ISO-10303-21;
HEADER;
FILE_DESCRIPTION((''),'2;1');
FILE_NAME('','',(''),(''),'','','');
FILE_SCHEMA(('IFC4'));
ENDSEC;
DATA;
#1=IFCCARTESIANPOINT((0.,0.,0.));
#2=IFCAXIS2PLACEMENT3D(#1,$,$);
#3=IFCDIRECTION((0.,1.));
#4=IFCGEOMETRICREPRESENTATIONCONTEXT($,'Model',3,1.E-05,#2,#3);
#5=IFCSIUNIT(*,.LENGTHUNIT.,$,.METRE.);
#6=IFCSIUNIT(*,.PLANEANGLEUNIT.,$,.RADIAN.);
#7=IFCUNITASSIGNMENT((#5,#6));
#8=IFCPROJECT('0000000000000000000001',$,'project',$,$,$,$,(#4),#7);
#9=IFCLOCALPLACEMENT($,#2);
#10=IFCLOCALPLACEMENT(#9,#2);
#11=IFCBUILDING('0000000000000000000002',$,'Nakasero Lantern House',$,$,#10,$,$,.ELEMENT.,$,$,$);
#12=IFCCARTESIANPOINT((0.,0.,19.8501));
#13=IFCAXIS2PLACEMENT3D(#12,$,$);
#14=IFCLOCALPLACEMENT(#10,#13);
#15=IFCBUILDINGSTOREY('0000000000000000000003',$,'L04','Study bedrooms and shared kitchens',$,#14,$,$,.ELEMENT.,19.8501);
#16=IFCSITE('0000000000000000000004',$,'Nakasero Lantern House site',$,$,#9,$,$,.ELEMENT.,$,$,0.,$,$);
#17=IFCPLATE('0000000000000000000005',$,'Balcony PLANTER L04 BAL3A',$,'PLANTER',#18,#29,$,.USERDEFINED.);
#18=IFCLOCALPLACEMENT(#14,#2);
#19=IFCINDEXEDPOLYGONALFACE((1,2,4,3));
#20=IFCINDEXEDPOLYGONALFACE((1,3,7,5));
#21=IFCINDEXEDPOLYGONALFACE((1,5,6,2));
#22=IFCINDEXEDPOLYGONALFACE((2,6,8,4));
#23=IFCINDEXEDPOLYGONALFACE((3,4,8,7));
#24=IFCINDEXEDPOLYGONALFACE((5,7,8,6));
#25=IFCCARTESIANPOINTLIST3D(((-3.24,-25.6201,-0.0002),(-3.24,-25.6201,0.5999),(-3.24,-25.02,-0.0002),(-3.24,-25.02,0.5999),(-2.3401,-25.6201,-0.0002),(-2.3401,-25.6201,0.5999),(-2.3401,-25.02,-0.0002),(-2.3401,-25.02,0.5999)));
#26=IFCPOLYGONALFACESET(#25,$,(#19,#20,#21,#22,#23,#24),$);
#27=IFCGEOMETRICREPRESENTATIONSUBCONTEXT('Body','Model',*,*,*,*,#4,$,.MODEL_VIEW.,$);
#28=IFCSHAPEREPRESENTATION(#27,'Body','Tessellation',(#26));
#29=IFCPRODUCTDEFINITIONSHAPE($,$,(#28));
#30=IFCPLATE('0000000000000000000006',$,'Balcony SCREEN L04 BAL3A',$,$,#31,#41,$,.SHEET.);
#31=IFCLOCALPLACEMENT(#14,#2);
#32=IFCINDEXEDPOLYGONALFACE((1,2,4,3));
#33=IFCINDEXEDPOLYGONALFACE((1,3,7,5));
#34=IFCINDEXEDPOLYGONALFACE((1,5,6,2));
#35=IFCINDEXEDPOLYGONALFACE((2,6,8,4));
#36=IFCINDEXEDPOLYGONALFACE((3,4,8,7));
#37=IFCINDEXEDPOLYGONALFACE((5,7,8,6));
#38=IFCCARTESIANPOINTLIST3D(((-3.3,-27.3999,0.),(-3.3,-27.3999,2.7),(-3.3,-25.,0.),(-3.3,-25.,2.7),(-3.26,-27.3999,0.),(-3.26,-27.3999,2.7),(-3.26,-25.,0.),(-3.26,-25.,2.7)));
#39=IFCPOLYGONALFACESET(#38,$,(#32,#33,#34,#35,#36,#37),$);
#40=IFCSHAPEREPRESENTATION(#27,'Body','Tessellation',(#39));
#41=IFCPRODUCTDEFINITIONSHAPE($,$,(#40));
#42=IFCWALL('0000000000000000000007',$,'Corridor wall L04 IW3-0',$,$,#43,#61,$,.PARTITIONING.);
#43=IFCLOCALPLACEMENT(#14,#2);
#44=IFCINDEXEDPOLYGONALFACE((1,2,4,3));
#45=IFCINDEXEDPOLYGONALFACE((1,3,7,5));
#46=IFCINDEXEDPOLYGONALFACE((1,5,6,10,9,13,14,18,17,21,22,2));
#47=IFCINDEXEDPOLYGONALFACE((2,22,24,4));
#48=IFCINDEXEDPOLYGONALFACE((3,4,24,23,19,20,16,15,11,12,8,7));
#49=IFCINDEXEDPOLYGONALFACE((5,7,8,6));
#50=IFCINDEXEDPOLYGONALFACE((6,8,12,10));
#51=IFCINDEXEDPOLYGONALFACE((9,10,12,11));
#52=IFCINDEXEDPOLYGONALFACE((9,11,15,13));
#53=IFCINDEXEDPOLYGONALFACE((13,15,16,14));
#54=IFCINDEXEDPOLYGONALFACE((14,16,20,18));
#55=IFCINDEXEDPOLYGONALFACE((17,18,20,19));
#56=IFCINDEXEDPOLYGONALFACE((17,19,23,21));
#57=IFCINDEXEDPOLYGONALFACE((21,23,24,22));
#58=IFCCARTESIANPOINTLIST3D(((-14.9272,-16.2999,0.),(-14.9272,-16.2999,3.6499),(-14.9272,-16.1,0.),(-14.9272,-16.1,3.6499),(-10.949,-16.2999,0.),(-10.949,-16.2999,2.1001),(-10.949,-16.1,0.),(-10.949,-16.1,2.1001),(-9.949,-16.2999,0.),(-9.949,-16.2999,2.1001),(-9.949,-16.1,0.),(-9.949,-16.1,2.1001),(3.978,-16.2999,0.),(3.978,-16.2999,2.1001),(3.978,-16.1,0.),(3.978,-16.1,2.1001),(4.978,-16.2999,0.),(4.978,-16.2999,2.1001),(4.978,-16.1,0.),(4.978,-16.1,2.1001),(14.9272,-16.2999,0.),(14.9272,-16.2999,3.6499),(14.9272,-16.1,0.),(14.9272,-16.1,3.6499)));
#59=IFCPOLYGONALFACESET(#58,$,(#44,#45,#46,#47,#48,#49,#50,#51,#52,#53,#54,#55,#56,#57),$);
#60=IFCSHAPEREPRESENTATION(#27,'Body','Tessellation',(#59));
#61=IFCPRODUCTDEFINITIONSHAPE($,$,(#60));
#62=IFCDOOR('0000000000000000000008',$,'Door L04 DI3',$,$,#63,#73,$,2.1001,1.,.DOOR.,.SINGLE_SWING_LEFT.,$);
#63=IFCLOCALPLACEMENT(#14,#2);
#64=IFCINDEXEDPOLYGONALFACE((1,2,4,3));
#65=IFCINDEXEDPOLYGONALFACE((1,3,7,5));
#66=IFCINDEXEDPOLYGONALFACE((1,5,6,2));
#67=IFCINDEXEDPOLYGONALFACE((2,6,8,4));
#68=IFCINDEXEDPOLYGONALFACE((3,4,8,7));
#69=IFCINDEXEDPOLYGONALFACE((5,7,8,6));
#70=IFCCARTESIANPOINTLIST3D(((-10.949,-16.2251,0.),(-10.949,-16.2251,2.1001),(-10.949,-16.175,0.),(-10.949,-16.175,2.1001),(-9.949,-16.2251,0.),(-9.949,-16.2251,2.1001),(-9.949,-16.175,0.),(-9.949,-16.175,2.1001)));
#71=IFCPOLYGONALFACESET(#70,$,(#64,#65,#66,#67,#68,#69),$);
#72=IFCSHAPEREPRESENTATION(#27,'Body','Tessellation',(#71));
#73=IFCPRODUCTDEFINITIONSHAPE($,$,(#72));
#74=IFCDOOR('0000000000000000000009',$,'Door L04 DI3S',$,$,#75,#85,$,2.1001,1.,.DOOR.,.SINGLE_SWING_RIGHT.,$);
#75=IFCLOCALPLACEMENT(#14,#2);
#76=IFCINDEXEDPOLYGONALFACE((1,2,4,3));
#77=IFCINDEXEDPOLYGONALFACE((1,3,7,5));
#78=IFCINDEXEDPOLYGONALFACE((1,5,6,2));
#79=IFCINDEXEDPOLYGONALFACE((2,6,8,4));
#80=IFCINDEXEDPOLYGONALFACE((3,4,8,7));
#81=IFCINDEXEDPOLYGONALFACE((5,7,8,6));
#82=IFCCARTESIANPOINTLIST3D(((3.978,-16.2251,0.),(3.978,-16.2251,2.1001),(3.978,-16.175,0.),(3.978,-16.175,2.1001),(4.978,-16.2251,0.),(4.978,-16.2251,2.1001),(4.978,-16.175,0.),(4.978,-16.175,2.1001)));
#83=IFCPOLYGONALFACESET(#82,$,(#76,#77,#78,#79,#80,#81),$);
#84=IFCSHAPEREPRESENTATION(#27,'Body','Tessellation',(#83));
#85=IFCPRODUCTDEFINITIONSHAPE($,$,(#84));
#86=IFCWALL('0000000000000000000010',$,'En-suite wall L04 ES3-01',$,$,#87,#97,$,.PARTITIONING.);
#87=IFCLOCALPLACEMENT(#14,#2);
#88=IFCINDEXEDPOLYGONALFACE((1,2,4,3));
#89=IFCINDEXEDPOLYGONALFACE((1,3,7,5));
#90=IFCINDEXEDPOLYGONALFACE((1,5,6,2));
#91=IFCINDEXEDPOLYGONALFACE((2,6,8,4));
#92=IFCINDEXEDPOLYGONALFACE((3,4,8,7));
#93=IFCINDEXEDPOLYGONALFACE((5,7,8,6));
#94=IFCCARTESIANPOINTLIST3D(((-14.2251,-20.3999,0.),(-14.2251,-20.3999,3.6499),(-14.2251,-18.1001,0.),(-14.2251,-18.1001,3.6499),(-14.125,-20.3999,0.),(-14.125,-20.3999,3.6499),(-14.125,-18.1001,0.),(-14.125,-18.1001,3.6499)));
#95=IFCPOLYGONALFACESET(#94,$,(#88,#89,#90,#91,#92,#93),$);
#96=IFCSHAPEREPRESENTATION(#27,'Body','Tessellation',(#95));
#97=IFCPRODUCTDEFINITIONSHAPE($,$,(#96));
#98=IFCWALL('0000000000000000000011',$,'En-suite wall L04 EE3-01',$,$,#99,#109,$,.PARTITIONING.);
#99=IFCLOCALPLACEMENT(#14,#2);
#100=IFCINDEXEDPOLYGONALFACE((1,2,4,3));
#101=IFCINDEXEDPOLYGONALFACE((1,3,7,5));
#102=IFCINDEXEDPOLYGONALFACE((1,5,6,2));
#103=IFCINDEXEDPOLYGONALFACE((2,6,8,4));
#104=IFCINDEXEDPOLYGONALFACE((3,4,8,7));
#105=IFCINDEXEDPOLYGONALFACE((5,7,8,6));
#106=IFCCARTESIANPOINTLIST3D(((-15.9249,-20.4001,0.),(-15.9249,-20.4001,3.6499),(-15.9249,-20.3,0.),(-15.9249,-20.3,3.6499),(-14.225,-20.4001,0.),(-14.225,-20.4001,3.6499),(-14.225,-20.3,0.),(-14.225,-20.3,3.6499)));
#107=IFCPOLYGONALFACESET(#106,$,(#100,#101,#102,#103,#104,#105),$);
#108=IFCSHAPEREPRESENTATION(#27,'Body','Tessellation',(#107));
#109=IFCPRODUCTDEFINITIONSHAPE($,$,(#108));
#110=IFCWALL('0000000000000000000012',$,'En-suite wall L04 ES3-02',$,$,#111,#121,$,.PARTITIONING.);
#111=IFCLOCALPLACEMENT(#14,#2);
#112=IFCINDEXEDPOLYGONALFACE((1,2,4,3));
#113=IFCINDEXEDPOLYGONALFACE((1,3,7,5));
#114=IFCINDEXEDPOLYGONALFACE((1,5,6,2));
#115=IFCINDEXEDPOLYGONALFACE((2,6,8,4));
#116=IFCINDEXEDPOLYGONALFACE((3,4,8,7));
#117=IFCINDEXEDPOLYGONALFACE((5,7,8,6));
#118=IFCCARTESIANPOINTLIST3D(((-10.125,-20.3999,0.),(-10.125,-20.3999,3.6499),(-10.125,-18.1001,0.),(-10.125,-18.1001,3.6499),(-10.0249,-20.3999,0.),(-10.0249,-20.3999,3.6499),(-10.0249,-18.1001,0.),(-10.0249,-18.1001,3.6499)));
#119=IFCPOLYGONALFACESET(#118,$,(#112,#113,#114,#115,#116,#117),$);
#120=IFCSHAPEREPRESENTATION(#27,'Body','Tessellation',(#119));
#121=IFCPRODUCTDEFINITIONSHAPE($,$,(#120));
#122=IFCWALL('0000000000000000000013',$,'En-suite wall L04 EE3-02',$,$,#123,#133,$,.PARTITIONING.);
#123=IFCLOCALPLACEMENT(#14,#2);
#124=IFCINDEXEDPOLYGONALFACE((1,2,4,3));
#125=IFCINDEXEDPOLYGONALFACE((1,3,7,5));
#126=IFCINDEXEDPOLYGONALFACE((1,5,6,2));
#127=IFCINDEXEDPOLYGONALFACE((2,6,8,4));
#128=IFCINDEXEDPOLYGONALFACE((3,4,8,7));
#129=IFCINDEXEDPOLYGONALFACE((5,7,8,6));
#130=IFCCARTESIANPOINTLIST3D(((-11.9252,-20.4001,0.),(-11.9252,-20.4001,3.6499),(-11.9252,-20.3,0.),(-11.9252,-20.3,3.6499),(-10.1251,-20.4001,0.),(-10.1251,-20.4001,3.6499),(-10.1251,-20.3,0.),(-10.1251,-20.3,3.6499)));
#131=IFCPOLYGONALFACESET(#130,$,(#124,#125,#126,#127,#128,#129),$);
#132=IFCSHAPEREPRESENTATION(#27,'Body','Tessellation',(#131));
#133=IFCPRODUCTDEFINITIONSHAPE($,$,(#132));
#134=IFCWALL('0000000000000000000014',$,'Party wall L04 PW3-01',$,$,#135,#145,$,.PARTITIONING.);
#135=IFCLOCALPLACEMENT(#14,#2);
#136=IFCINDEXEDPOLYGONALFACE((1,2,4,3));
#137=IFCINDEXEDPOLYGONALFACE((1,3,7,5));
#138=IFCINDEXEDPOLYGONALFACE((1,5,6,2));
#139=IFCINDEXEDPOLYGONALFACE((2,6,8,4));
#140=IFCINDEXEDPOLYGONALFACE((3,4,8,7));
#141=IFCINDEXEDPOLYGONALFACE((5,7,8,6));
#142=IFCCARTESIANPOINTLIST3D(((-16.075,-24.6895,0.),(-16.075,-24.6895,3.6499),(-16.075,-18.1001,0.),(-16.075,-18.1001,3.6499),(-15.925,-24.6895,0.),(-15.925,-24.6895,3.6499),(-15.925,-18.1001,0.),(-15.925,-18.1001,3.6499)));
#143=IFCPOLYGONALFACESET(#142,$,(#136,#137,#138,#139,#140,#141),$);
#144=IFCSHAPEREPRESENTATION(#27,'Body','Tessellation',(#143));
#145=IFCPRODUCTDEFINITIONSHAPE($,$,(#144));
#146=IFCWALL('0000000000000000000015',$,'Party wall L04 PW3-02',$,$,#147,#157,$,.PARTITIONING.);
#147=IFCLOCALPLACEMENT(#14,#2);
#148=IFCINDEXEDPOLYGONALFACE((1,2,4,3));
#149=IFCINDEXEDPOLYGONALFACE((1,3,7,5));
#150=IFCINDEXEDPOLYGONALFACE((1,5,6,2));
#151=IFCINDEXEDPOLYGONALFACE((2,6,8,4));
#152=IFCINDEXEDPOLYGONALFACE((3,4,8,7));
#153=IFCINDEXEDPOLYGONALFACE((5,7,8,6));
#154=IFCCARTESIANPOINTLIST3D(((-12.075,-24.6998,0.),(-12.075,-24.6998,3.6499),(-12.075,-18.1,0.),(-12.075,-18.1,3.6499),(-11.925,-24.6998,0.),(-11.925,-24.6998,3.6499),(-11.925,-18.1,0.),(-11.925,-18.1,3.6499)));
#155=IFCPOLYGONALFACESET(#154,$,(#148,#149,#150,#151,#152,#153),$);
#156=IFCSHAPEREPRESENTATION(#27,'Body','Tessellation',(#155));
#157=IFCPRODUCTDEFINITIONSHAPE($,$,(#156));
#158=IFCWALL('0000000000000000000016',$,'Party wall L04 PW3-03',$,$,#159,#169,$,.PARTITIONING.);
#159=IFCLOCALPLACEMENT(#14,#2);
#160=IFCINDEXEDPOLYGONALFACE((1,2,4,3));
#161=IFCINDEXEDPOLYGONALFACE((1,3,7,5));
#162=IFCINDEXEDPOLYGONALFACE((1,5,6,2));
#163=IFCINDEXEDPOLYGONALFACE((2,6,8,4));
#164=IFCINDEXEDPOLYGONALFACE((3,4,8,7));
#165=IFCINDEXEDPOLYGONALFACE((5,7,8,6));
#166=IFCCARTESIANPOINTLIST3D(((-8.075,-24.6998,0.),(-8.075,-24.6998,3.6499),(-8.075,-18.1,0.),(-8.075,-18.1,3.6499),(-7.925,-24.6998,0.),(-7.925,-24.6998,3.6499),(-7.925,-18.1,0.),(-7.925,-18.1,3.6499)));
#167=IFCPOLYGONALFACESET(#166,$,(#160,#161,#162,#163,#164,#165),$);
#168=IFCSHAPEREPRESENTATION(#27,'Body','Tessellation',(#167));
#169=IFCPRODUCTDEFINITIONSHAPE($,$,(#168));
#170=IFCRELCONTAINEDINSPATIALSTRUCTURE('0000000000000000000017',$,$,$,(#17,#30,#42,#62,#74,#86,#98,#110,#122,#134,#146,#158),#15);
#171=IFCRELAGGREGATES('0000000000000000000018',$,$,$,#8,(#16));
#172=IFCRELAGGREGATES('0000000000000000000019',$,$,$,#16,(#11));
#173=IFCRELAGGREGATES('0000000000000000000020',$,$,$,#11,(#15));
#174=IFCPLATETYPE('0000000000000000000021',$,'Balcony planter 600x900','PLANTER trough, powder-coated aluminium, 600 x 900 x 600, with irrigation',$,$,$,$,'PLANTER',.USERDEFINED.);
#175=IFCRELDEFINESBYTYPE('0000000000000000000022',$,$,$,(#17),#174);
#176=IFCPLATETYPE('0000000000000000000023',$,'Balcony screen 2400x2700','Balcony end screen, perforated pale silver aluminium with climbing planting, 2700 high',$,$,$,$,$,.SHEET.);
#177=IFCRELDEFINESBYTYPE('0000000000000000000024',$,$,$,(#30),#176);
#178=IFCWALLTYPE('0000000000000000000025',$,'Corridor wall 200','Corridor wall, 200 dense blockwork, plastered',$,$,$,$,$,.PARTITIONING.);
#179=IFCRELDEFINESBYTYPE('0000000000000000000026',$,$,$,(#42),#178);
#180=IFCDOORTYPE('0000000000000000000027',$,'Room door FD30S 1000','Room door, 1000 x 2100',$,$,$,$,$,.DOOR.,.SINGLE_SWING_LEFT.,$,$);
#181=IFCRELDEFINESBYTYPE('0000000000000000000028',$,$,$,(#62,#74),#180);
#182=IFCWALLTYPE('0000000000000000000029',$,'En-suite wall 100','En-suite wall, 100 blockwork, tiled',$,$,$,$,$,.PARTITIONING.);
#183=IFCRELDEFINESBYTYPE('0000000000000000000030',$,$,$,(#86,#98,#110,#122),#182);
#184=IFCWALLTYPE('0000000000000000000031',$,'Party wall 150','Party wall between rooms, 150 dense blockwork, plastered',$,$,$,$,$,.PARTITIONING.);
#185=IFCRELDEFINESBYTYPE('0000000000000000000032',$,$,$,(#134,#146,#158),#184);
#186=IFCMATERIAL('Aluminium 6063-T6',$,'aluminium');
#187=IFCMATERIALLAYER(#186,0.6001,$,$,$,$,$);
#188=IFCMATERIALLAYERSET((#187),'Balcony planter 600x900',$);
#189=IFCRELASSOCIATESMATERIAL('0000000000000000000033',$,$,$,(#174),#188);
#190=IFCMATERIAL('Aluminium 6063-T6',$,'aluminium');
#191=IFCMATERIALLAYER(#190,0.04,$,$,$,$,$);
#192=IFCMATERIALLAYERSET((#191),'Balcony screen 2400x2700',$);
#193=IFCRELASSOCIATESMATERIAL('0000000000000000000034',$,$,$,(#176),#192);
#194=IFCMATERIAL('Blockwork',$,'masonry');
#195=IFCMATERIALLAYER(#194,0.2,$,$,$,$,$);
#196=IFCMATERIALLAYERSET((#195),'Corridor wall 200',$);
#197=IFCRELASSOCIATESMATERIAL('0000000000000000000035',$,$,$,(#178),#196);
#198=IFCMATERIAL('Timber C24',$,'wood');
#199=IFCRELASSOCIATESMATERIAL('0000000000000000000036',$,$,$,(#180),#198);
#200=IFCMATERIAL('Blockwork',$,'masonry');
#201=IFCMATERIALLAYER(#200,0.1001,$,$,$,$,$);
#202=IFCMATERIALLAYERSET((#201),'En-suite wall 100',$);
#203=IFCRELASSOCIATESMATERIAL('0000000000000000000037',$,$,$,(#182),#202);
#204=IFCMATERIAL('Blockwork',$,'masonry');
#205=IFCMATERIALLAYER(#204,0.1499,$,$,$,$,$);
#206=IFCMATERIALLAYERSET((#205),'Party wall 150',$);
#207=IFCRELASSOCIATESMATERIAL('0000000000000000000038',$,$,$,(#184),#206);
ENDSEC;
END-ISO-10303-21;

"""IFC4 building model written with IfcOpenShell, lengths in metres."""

from ifc_helpers import new_model, si_unit, direction, frame, frame_2d, origin, origin_2d, place, context, subcontext, project, spatial, rectangle, extrude, material, layer, layer_set, type_object, element, fill, save


model = new_model("IFC4")

# Units and contexts
model_context = context("Model", 3, precision=1e-05, world=origin(), true_north=direction((0.0, 1.0)))
body_context = subcontext(model_context, "Body", "Model", "MODEL_VIEW")
ifc_project = project(units=[si_unit("LENGTHUNIT", "METRE"), si_unit("PLANEANGLEUNIT", "RADIAN")], contexts=[model_context])

# Site, building, storey
site_placement = place(None, origin())
site = spatial("IfcSite", under=ifc_project, at=site_placement, Name="Nakasero Lantern House site", CompositionType="ELEMENT", RefElevation=0.0)
building_placement = place(site_placement, origin())
building = spatial("IfcBuilding", under=site, at=building_placement, Name="Nakasero Lantern House", CompositionType="ELEMENT")
storey_placement = place(building_placement, frame((0.0, 0.0, 19.8501)))
storey = spatial("IfcBuildingStorey", under=building, at=storey_placement, Name="L04", Description="Study bedrooms and shared kitchens", CompositionType="ELEMENT", Elevation=19.8501)

# Plates
ifc_material_1 = material(Name="Aluminium 6063-T6", Category="aluminium")
ifc_layer_1 = layer(ifc_material_1, 0.6001)
ifc_layer_set_1 = layer_set([ifc_layer_1], Name="Balcony planter 600x900")
plate_type_1 = type_object("IfcPlateType", Name="Balcony planter 600x900", Description="PLANTER trough, powder-coated aluminium, 600 x 900 x 600, with irrigation", ElementType="PLANTER", PredefinedType="USERDEFINED", material=ifc_layer_set_1)
plate_1_placement = place(storey_placement, frame((-2.79, -25.3201, -0.0002), z_axis=(0.0, 0.0, 1.0), x_axis=(0.0, -1.0, 0.0)))
element("IfcPlate", 1, at=plate_1_placement, inside=storey, type_object=plate_type_1, Name="Balcony PLANTER L04 BAL3A", ObjectType="PLANTER", PredefinedType="USERDEFINED", context=body_context, shape_type="SweptSolid", body=[
    extrude(rectangle(XDim=0.6001, YDim=0.8999, at=origin_2d()), origin(), (0.0, 0.0, 1.0), 0.6001),
])
ifc_material_2 = material(Name="Aluminium 6063-T6", Category="aluminium")
ifc_layer_2 = layer(ifc_material_2, 0.04)
ifc_layer_set_2 = layer_set([ifc_layer_2], Name="Balcony screen 2400x2700")
plate_type_2 = type_object("IfcPlateType", Name="Balcony screen 2400x2700", Description="Balcony end screen, perforated pale silver aluminium with climbing planting, 2700 high", PredefinedType="SHEET", material=ifc_layer_set_2)
plate_2_placement = place(storey_placement, frame((-3.28, -26.2, 0.0), z_axis=(0.0, 0.0, 1.0), x_axis=(0.0, -1.0, 0.0)))
element("IfcPlate", 2, at=plate_2_placement, inside=storey, type_object=plate_type_2, Name="Balcony SCREEN L04 BAL3A", PredefinedType="SHEET", context=body_context, shape_type="SweptSolid", body=[
    extrude(rectangle(XDim=2.3999, YDim=0.04, at=origin_2d()), origin(), (0.0, 0.0, 1.0), 2.7),
])

# Wall, openings, doors
ifc_material_3 = material(Name="Blockwork", Category="masonry")
ifc_layer_3 = layer(ifc_material_3, 0.2)
ifc_layer_set_3 = layer_set([ifc_layer_3], Name="Corridor wall 200")
wall_type_1 = type_object("IfcWallType", Name="Corridor wall 200", Description="Corridor wall, 200 dense blockwork, plastered", PredefinedType="PARTITIONING", material=ifc_layer_set_3)
wall_1_placement = place(storey_placement, frame((-14.9272, -16.2, 0.0), z_axis=(0.0, 0.0, 1.0), x_axis=(1.0, 0.0, 0.0)))
wall_1 = element("IfcWall", 3, at=wall_1_placement, inside=storey, type_object=wall_type_1, Name="Corridor wall L04 IW3-0", PredefinedType="PARTITIONING", context=body_context, shape_type="SweptSolid", body=[
    extrude(rectangle(XDim=29.8545, YDim=0.2, at=frame_2d((14.9272, 0.0))), origin(), (0.0, 0.0, 1.0), 3.6499),
])
opening_1_placement = place(wall_1_placement, frame((3.9783, 0.0, 0.0)))
opening_1 = element("IfcOpeningElement", 4, at=opening_1_placement, cuts=wall_1, PredefinedType="OPENING", context=body_context, shape_type="SweptSolid", body=[
    extrude(rectangle(XDim=1.0, YDim=2.1001, at=frame_2d((0.5, 1.05))), frame((0.0, 0.1199, 0.0), z_axis=(0.0, -1.0, 0.0), x_axis=(1.0, 0.0, 0.0)), (0.0, 0.0, 1.0), 0.24),
])
opening_2_placement = place(wall_1_placement, frame((18.9053, 0.0, 0.0)))
opening_2 = element("IfcOpeningElement", 5, at=opening_2_placement, cuts=wall_1, PredefinedType="OPENING", context=body_context, shape_type="SweptSolid", body=[
    extrude(rectangle(XDim=1.0, YDim=2.1001, at=frame_2d((0.5, 1.05))), frame((0.0, 0.1199, 0.0), z_axis=(0.0, -1.0, 0.0), x_axis=(1.0, 0.0, 0.0)), (0.0, 0.0, 1.0), 0.24),
])
ifc_material_4 = material(Name="Timber C24", Category="wood")
door_type = type_object("IfcDoorType", Name="Room door FD30S 1000", Description="Room door, 1000 x 2100", OperationType="SINGLE_SWING_LEFT", PredefinedType="DOOR", material=ifc_material_4)
door_1_placement = place(opening_1_placement, origin())
door_1 = element("IfcDoor", 6, at=door_1_placement, inside=storey, type_object=door_type, Name="Door L04 DI3", OperationType="SINGLE_SWING_LEFT", OverallHeight=2.1001, OverallWidth=1.0, PredefinedType="DOOR", context=body_context, shape_type="SweptSolid", body=[
    extrude(rectangle(XDim=1.0, YDim=2.1001, at=frame_2d((0.5, 1.05))), frame((0.0, 0.0249, 0.0), z_axis=(0.0, -1.0, 0.0), x_axis=(1.0, 0.0, 0.0)), (0.0, 0.0, 1.0), 0.05),
])
fill(opening_1, door_1)
door_2_placement = place(opening_2_placement, origin())
door_2 = element("IfcDoor", 7, at=door_2_placement, inside=storey, type_object=door_type, Name="Door L04 DI3S", OperationType="SINGLE_SWING_RIGHT", OverallHeight=2.1001, OverallWidth=1.0, PredefinedType="DOOR", context=body_context, shape_type="SweptSolid", body=[
    extrude(rectangle(XDim=1.0, YDim=2.1001, at=frame_2d((0.5, 1.05))), frame((0.0, 0.0249, 0.0), z_axis=(0.0, -1.0, 0.0), x_axis=(1.0, 0.0, 0.0)), (0.0, 0.0, 1.0), 0.05),
])
fill(opening_2, door_2)

# Walls
ifc_material_5 = material(Name="Blockwork", Category="masonry")
ifc_layer_4 = layer(ifc_material_5, 0.1001)
ifc_layer_set_4 = layer_set([ifc_layer_4], Name="En-suite wall 100")
wall_type_2 = type_object("IfcWallType", Name="En-suite wall 100", Description="En-suite wall, 100 blockwork, tiled", PredefinedType="PARTITIONING", material=ifc_layer_set_4)
wall_2_placement = place(storey_placement, frame((-14.175, -18.1001, 0.0), z_axis=(0.0, 0.0, 1.0), x_axis=(0.0, -1.0, 0.0)))
element("IfcWall", 8, at=wall_2_placement, inside=storey, type_object=wall_type_2, Name="En-suite wall L04 ES3-01", PredefinedType="PARTITIONING", context=body_context, shape_type="SweptSolid", body=[
    extrude(rectangle(XDim=2.2998, YDim=0.1001, at=frame_2d((1.1499, 0.0))), origin(), (0.0, 0.0, 1.0), 3.6499),
])
wall_3_placement = place(storey_placement, frame((-15.925, -20.3501, 0.0), z_axis=(0.0, 0.0, 1.0), x_axis=(1.0, 0.0, 0.0)))
element("IfcWall", 9, at=wall_3_placement, inside=storey, type_object=wall_type_2, Name="En-suite wall L04 EE3-01", PredefinedType="PARTITIONING", context=body_context, shape_type="SweptSolid", body=[
    extrude(rectangle(XDim=1.7, YDim=0.1001, at=frame_2d((0.8501, 0.0))), origin(), (0.0, 0.0, 1.0), 3.6499),
])
wall_4_placement = place(storey_placement, frame((-10.075, -18.1001, 0.0), z_axis=(0.0, 0.0, 1.0), x_axis=(0.0, -1.0, 0.0)))
element("IfcWall", 10, at=wall_4_placement, inside=storey, type_object=wall_type_2, Name="En-suite wall L04 ES3-02", PredefinedType="PARTITIONING", context=body_context, shape_type="SweptSolid", body=[
    extrude(rectangle(XDim=2.2998, YDim=0.1001, at=frame_2d((1.1499, 0.0))), origin(), (0.0, 0.0, 1.0), 3.6499),
])
wall_5_placement = place(storey_placement, frame((-11.925, -20.3501, 0.0), z_axis=(0.0, 0.0, 1.0), x_axis=(1.0, 0.0, 0.0)))
element("IfcWall", 11, at=wall_5_placement, inside=storey, type_object=wall_type_2, Name="En-suite wall L04 EE3-02", PredefinedType="PARTITIONING", context=body_context, shape_type="SweptSolid", body=[
    extrude(rectangle(XDim=1.8, YDim=0.1001, at=frame_2d((0.8999, 0.0))), origin(), (0.0, 0.0, 1.0), 3.6499),
])
ifc_material_6 = material(Name="Blockwork", Category="masonry")
ifc_layer_5 = layer(ifc_material_6, 0.1499)
ifc_layer_set_5 = layer_set([ifc_layer_5], Name="Party wall 150")
wall_type_3 = type_object("IfcWallType", Name="Party wall 150", Description="Party wall between rooms, 150 dense blockwork, plastered", PredefinedType="PARTITIONING", material=ifc_layer_set_5)
wall_6_placement = place(storey_placement, frame((-16.0, -18.1001, 0.0), z_axis=(0.0, 0.0, 1.0), x_axis=(0.0, -1.0, 0.0)))
element("IfcWall", 12, at=wall_6_placement, inside=storey, type_object=wall_type_3, Name="Party wall L04 PW3-01", PredefinedType="PARTITIONING", context=body_context, shape_type="SweptSolid", body=[
    extrude(rectangle(XDim=6.5894, YDim=0.1499, at=frame_2d((3.2947, 0.0))), origin(), (0.0, 0.0, 1.0), 3.6499),
])
for number, where, z_axis, x_axis, name in (
    (13, (-12.0, -18.1001, 0.0), (0.0, 0.0, 1.0), (0.0, -1.0, 0.0), "Party wall L04 PW3-02"),
    (14, (-8.0, -18.1001, 0.0), (0.0, 0.0, 1.0), (0.0, -1.0, 0.0), "Party wall L04 PW3-03"),
):
    element("IfcWall", number, at=place(storey_placement, frame(where, z_axis=z_axis, x_axis=x_axis)), inside=storey, type_object=wall_type_3, Name=name, PredefinedType="PARTITIONING", context=body_context, shape_type="SweptSolid", body=[
        extrude(rectangle(XDim=6.5999, YDim=0.1499, at=frame_2d((3.2998, 0.0))), origin(), (0.0, 0.0, 1.0), 3.6499),
    ])

save(model, "model.ifc")
